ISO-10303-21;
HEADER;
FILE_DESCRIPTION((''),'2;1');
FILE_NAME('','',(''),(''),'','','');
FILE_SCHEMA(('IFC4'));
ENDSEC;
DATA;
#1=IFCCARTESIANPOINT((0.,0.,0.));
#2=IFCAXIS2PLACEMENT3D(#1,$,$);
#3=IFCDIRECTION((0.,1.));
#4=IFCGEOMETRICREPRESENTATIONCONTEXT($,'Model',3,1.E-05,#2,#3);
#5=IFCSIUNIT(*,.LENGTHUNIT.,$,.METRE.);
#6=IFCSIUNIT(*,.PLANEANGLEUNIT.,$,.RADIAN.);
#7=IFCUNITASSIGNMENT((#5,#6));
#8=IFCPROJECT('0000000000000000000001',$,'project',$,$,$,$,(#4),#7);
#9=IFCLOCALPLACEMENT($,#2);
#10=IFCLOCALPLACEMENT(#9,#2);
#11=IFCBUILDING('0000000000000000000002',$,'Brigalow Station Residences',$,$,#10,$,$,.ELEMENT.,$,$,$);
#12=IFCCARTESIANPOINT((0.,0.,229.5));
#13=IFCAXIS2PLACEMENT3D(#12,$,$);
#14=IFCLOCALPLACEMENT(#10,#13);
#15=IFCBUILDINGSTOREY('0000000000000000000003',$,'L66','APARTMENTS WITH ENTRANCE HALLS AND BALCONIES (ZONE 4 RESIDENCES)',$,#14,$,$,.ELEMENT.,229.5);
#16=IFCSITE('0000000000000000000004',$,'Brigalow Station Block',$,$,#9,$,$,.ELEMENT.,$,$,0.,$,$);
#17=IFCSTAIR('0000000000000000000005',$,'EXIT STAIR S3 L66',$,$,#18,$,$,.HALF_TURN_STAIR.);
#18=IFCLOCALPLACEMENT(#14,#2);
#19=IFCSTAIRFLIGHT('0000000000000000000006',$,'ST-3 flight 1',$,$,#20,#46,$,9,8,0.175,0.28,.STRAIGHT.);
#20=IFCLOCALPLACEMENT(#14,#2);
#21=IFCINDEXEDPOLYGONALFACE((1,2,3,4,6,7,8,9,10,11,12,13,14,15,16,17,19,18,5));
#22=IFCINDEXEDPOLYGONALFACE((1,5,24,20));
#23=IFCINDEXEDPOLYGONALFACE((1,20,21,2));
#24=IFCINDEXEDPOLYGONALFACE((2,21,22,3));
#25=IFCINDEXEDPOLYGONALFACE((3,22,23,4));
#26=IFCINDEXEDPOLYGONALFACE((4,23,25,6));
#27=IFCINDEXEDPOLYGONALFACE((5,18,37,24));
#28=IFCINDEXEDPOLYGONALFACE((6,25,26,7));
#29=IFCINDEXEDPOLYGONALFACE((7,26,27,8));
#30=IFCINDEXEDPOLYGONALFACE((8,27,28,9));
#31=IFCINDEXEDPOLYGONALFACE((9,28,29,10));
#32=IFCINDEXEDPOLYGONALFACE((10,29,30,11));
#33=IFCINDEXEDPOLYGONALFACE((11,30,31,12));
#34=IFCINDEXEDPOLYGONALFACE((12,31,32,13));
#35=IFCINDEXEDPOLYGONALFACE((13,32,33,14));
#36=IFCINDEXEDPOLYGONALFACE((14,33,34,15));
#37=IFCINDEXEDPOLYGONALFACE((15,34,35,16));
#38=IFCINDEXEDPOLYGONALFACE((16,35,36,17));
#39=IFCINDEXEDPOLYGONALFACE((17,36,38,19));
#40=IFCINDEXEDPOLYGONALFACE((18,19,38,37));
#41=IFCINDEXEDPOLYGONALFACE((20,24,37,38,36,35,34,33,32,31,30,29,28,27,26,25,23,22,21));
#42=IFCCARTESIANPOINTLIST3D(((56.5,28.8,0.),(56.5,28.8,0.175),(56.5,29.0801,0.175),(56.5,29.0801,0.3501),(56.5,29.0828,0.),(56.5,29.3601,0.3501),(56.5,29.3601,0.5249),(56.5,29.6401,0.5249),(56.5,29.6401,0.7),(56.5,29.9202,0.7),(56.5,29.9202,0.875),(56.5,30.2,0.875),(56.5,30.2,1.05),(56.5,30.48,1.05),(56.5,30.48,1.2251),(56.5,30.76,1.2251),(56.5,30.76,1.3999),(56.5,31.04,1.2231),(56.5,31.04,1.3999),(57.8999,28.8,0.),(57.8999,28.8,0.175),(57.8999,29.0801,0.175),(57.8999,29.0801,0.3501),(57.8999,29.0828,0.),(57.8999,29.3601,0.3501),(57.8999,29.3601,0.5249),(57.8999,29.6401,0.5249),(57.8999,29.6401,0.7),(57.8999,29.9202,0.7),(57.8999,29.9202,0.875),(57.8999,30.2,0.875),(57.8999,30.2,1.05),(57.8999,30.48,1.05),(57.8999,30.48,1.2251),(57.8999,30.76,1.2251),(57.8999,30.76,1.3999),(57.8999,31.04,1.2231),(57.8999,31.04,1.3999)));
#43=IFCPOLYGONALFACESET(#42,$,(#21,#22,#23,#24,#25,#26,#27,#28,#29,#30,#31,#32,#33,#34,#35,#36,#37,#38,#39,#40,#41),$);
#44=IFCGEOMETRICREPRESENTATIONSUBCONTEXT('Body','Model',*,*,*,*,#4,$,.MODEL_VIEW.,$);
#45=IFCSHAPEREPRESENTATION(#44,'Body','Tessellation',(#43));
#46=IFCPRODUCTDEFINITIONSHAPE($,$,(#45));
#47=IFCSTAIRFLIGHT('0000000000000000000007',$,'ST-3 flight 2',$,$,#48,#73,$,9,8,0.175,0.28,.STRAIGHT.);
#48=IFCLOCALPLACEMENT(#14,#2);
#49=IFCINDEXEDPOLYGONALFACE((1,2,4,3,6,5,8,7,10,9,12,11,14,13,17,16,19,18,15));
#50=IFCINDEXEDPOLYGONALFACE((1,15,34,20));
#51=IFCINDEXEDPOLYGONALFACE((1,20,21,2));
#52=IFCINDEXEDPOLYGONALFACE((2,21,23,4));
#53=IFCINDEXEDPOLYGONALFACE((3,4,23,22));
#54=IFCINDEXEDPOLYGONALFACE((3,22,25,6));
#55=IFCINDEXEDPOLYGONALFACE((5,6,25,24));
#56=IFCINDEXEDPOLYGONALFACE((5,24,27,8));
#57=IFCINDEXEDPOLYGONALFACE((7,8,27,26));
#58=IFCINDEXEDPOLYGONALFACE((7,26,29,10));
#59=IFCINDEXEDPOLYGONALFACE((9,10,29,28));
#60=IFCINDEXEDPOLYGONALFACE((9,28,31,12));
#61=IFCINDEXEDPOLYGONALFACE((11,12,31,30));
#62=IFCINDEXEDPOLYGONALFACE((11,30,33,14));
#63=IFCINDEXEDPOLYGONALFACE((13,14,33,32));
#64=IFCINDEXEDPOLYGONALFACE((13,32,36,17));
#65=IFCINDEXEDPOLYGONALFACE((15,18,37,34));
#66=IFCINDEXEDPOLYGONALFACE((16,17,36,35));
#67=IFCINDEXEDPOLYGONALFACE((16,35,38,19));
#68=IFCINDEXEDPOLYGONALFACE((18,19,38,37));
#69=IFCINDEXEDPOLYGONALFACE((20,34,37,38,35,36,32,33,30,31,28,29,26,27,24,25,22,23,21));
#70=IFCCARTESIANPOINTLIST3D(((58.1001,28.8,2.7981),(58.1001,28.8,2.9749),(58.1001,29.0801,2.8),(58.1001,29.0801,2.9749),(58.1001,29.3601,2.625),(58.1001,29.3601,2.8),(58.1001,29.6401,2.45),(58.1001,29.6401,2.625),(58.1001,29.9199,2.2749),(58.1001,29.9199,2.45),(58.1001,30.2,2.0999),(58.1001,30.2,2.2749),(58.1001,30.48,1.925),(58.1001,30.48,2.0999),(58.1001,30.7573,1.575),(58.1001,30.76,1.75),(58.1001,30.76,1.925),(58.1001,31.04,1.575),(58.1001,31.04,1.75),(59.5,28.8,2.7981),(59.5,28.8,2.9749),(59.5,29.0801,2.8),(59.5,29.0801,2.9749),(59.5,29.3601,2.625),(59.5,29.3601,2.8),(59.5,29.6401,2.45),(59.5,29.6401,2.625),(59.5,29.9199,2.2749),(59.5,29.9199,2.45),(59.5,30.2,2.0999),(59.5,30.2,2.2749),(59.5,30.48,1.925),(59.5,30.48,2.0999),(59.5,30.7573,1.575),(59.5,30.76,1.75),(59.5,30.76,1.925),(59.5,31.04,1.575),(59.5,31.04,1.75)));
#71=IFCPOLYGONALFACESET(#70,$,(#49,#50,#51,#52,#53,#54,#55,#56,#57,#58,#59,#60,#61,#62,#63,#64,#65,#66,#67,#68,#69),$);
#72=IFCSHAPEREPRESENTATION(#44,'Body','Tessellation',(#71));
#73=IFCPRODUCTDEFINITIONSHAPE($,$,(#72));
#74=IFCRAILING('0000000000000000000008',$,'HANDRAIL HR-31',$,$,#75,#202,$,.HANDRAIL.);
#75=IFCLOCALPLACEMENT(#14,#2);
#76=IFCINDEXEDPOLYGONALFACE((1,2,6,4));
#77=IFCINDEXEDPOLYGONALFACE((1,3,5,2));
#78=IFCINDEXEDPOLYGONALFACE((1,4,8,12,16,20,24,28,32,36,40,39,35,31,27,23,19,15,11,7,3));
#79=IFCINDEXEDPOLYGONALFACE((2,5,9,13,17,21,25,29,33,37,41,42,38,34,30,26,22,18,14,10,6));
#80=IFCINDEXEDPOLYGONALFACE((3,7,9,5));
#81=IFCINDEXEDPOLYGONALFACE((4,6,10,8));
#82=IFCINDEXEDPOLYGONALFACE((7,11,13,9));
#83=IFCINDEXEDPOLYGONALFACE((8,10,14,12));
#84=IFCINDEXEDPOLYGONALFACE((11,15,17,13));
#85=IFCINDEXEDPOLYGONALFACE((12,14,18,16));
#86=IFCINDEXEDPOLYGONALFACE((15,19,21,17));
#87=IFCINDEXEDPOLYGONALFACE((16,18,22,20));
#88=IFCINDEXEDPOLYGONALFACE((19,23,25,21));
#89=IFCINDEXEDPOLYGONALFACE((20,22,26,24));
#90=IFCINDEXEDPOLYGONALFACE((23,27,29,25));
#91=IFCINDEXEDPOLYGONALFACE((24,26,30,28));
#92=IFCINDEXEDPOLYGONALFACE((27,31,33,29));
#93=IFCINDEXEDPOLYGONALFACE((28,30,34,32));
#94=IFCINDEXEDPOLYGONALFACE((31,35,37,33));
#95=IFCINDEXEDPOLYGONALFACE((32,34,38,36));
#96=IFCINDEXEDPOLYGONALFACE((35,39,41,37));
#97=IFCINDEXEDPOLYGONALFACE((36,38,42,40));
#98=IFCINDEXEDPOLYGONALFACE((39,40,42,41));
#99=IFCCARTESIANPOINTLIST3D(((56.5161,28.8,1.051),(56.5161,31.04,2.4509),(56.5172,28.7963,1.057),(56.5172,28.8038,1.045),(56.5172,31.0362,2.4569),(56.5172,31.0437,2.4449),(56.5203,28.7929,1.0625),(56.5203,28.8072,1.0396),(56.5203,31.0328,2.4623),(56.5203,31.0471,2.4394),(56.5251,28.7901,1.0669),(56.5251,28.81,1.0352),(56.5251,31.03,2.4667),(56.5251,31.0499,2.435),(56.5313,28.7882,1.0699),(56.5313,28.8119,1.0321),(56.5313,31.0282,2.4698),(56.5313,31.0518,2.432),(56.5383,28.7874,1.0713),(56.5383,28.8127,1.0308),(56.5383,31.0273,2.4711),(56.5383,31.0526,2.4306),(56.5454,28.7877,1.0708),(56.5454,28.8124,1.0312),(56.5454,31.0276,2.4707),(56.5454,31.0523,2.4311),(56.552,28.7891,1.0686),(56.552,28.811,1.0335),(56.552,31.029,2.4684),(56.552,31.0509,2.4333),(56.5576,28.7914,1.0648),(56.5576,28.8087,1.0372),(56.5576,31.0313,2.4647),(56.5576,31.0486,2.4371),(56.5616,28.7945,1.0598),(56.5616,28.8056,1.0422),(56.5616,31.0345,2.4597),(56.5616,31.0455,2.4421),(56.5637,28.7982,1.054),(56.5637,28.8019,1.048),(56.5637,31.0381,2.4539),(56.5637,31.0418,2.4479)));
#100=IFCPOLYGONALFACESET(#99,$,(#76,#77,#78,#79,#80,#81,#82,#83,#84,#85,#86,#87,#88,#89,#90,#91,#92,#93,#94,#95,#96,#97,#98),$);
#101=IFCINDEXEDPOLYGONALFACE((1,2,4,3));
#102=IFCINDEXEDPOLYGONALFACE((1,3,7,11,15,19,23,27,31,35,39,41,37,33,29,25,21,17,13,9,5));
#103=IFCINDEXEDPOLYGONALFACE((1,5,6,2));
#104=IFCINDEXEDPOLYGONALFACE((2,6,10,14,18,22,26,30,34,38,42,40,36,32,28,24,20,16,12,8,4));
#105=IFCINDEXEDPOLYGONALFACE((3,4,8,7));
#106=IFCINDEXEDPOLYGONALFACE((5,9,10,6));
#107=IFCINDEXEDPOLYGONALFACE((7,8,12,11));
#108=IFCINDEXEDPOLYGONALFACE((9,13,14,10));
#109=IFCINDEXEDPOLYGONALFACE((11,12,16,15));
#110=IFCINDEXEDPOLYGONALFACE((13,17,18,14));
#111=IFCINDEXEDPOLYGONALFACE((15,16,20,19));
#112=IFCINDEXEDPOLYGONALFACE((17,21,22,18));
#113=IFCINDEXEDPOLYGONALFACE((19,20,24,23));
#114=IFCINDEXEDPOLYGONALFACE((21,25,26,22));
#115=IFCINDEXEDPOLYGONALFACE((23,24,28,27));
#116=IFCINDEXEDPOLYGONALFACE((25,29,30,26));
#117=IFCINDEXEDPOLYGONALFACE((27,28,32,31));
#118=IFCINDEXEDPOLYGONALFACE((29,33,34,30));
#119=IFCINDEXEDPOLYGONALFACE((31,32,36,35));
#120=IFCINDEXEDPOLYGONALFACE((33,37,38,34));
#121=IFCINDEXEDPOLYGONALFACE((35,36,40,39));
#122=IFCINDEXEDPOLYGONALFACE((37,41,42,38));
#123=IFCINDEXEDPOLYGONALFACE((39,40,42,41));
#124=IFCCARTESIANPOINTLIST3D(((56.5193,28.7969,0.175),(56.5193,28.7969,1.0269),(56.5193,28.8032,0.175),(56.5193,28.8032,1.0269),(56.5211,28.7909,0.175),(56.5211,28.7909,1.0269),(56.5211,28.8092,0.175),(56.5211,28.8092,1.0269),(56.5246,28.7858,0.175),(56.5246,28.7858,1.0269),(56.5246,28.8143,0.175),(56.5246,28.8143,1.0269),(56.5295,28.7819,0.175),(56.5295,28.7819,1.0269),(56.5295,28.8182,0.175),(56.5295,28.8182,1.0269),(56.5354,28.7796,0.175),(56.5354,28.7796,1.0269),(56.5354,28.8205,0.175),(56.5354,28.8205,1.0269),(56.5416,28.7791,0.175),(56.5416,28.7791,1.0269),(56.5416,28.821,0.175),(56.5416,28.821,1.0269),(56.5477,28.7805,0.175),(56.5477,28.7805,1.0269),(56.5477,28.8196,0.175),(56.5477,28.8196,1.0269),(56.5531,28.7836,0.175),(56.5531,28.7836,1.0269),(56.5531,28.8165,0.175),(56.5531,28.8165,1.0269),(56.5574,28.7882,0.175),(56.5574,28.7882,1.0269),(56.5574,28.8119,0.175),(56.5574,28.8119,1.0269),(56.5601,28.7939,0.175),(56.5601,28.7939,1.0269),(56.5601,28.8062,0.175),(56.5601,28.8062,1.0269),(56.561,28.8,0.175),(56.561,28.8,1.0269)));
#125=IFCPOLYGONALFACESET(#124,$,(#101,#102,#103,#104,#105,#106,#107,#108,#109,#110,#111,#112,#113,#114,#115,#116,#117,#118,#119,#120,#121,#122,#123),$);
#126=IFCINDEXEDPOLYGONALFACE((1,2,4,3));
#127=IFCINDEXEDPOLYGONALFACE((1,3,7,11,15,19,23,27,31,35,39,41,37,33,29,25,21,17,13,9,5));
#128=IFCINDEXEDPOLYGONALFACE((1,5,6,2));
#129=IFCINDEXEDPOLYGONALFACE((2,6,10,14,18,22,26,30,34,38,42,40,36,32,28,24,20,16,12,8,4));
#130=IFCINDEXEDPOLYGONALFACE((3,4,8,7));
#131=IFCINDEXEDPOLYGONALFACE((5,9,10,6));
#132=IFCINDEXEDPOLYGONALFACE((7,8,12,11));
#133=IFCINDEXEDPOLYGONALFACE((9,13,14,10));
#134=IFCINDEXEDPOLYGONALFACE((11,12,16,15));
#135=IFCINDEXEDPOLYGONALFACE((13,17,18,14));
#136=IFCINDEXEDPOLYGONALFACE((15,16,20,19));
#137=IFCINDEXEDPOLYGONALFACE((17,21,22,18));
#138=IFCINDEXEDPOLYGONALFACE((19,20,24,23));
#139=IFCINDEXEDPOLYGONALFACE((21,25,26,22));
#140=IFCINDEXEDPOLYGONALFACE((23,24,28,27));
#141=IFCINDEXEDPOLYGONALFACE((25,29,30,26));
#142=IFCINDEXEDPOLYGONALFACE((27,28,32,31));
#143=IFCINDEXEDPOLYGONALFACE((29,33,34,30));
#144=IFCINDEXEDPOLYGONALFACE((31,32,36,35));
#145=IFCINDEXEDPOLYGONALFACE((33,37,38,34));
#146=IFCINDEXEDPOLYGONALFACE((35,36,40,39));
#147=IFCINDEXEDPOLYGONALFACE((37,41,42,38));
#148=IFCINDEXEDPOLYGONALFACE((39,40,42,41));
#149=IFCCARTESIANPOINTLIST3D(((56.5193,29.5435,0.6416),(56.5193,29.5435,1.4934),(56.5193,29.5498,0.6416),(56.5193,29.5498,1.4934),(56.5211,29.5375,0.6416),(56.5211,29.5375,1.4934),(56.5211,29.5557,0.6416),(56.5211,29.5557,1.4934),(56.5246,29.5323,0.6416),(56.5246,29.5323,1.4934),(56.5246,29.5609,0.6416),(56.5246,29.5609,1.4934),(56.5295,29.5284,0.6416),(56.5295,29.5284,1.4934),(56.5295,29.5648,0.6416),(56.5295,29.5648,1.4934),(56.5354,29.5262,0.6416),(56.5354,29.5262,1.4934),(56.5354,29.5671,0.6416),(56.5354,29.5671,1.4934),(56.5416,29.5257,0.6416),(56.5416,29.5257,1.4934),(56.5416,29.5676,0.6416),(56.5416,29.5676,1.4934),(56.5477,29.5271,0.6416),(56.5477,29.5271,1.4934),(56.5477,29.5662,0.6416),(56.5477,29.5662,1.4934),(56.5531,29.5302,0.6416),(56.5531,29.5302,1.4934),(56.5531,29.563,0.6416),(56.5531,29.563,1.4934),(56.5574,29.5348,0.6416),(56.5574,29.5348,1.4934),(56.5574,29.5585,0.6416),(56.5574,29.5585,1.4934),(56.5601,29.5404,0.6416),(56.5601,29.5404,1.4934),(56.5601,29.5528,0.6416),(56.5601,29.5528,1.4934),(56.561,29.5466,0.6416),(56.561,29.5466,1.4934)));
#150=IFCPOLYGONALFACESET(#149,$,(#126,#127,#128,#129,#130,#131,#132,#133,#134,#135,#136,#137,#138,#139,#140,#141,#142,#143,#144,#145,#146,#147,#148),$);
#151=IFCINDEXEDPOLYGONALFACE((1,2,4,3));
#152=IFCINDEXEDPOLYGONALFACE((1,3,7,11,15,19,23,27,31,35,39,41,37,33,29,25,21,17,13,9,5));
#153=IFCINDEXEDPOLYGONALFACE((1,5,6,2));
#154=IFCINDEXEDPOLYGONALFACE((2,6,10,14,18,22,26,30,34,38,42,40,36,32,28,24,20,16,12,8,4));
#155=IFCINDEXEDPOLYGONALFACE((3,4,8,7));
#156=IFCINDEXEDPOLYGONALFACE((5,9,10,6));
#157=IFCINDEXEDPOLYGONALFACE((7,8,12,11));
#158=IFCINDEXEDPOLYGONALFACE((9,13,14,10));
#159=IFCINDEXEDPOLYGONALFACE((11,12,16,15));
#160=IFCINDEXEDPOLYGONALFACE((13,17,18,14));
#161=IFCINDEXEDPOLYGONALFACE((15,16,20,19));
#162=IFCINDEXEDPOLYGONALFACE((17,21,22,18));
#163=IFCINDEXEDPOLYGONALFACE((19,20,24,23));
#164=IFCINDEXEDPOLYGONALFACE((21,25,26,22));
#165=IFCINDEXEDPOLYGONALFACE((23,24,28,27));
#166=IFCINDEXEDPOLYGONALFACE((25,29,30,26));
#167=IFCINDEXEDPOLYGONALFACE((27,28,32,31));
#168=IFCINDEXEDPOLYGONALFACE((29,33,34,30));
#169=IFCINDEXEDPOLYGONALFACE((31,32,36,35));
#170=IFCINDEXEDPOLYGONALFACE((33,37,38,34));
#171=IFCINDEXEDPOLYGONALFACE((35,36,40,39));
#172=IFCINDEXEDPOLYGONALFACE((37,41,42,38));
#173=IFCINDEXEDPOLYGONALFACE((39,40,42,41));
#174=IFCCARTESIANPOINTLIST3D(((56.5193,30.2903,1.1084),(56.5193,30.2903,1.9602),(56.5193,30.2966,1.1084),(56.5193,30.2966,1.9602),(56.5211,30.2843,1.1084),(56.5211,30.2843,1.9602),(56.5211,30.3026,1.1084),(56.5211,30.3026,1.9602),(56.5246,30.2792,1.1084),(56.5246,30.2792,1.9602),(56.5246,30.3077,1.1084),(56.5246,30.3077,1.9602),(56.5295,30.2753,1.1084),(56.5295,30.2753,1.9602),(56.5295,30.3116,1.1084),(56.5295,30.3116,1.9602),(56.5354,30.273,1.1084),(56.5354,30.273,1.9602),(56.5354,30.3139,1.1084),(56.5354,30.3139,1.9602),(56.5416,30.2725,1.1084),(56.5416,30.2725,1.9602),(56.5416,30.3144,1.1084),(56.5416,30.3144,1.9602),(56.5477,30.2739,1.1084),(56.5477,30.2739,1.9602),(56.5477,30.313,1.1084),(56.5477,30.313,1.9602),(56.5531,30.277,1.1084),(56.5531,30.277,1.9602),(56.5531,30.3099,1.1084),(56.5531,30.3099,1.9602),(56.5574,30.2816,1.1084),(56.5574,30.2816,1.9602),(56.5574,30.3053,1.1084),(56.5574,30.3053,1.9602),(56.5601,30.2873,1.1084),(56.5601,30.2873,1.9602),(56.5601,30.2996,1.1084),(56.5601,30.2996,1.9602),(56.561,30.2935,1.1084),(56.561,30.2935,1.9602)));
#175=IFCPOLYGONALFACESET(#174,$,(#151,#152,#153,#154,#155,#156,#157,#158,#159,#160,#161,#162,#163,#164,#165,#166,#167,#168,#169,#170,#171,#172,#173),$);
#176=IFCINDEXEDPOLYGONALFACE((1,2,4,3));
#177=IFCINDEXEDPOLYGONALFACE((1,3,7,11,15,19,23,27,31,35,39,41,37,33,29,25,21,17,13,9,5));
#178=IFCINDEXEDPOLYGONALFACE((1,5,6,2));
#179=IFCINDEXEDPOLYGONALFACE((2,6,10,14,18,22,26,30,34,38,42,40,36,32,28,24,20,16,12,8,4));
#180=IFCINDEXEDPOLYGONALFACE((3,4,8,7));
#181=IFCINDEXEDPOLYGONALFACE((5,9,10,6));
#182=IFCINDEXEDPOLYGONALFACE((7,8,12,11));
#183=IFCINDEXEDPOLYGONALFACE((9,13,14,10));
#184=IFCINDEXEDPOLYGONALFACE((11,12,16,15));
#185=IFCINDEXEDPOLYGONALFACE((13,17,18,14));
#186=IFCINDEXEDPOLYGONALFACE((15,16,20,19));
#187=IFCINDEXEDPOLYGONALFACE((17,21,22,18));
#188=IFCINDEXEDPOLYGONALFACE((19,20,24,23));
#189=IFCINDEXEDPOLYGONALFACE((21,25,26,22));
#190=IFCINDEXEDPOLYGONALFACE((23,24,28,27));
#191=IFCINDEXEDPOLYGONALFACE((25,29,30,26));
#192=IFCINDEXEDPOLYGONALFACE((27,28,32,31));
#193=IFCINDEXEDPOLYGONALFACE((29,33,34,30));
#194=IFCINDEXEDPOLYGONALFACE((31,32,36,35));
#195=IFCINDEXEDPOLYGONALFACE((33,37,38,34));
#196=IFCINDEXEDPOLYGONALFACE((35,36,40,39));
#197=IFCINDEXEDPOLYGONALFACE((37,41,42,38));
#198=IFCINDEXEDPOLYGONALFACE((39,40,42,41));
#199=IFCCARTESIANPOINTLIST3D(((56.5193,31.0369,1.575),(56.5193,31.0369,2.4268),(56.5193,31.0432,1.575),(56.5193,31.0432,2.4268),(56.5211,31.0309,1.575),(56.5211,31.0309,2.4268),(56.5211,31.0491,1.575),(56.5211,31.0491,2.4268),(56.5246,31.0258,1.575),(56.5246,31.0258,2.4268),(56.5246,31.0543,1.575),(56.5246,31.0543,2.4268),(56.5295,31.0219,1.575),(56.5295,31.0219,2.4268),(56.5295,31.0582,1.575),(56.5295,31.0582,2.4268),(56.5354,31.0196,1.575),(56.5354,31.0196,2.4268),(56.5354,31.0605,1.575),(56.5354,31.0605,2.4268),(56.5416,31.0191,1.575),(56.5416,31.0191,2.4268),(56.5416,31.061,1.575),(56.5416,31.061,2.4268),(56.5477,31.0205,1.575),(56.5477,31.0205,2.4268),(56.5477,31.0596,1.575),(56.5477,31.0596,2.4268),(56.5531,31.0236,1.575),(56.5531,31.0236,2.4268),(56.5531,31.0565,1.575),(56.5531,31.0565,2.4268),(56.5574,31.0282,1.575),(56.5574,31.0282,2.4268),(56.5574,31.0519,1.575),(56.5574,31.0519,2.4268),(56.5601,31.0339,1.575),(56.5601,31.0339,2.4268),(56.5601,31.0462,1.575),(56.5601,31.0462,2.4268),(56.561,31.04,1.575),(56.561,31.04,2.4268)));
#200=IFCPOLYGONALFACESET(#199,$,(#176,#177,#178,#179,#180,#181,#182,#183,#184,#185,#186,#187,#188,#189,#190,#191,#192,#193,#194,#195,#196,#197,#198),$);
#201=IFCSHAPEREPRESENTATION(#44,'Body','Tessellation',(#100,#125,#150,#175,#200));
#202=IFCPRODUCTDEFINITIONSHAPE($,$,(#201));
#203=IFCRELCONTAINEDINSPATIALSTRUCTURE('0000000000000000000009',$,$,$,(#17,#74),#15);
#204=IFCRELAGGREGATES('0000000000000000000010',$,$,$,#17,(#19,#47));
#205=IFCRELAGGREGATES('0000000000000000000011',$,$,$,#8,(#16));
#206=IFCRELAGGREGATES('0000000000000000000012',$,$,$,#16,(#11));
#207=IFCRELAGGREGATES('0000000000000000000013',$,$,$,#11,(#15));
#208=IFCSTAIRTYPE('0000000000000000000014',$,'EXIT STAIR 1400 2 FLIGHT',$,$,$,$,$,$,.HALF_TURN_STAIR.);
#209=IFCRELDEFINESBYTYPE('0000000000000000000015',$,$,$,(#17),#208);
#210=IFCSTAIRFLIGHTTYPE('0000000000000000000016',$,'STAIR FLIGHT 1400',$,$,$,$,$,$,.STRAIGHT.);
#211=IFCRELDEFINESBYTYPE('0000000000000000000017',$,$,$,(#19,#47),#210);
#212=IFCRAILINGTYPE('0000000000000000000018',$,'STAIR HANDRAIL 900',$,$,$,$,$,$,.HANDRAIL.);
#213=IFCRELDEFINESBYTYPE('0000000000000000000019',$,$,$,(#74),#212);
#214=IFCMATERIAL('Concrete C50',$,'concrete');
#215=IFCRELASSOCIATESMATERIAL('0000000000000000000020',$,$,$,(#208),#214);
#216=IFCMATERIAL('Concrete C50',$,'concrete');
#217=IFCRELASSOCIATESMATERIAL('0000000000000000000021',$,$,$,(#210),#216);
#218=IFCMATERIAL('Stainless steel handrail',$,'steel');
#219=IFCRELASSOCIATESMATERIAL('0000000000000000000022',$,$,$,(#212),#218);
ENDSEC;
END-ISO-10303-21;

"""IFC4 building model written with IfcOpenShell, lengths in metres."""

from ifc_helpers import new_model, si_unit, direction, frame, origin, origin_2d, place, context, subcontext, project, spatial, polyline, circle, outline, extrude, material, type_object, element, aggregate, save


model = new_model("IFC4")

# Units and contexts
model_context = context("Model", 3, precision=1e-05, world=origin(), true_north=direction((0.0, 1.0)))
body_context = subcontext(model_context, "Body", "Model", "MODEL_VIEW")
ifc_project = project(units=[si_unit("LENGTHUNIT", "METRE"), si_unit("PLANEANGLEUNIT", "RADIAN")], contexts=[model_context])

# Site, building, storey
site_placement = place(None, origin())
site = spatial("IfcSite", under=ifc_project, at=site_placement, Name="Brigalow Station Block", CompositionType="ELEMENT", RefElevation=0.0)
building_placement = place(site_placement, origin())
building = spatial("IfcBuilding", under=site, at=building_placement, Name="Brigalow Station Residences", CompositionType="ELEMENT")
storey_placement = place(building_placement, frame((0.0, 0.0, 229.5)))
storey = spatial("IfcBuildingStorey", under=building, at=storey_placement, Name="L66", Description="APARTMENTS WITH ENTRANCE HALLS AND BALCONIES (ZONE 4 RESIDENCES)", CompositionType="ELEMENT", Elevation=229.5)

# Stair, stair flights
ifc_material_1 = material(Name="Concrete C50", Category="concrete")
stair_type = type_object("IfcStairType", Name="EXIT STAIR 1400 2 FLIGHT", PredefinedType="HALF_TURN_STAIR", material=ifc_material_1)
stair_placement = place(storey_placement, origin())
stair = element("IfcStair", 1, at=stair_placement, inside=storey, type_object=stair_type, Name="EXIT STAIR S3 L66", PredefinedType="HALF_TURN_STAIR")
ifc_material_2 = material(Name="Concrete C50", Category="concrete")
stair_flight_type = type_object("IfcStairFlightType", Name="STAIR FLIGHT 1400", PredefinedType="STRAIGHT", material=ifc_material_2)
stair_flight_1_placement = place(storey_placement, frame((57.2, 28.8, 0.0), z_axis=(0.0, 0.0, 1.0), x_axis=(0.0, 1.0, 0.0)))
stair_flight_1 = element("IfcStairFlight", 2, at=stair_flight_1_placement, type_object=stair_flight_type, Name="ST-3 flight 1", NumberOfRisers=9, NumberOfTreads=8, PredefinedType="STRAIGHT", RiserHeight=0.175, TreadLength=0.28, context=body_context, shape_type="SweptSolid", body=[
    extrude(outline(polyline([(0.0, 0.0), (0.0, 0.175), (0.28, 0.175), (0.28, 0.3501), (0.5601, 0.3501), (0.5601, 0.5249), (0.8401, 0.5249), (0.8401, 0.7), (1.1201, 0.7), (1.1201, 0.875), (1.3999, 0.875), (1.3999, 1.05), (1.6799, 1.05), (1.6799, 1.2251), (1.96, 1.2251), (1.96, 1.3999), (2.24, 1.3999), (2.24, 1.575), (2.24, 1.2231), (0.2827, 0.0), (0.0, 0.0)])), frame((0.0, 0.7, 0.0), z_axis=(0.0, -1.0, 0.0), x_axis=(1.0, 0.0, 0.0)), (0.0, 0.0, 1.0), 1.3999),
])
stair_flight_2_placement = place(storey_placement, frame((58.8, 31.04, 1.575), z_axis=(0.0, 0.0, 1.0), x_axis=(0.0, -1.0, 0.0)))
stair_flight_2 = element("IfcStairFlight", 3, at=stair_flight_2_placement, type_object=stair_flight_type, Name="ST-3 flight 2", NumberOfRisers=9, NumberOfTreads=8, PredefinedType="STRAIGHT", RiserHeight=0.175, TreadLength=0.28, context=body_context, shape_type="SweptSolid", body=[
    extrude(outline(polyline([(0.0, 0.0), (0.0, 0.175), (0.28, 0.175), (0.28, 0.3501), (0.5601, 0.3501), (0.5601, 0.5249), (0.8401, 0.5249), (0.8401, 0.7), (1.1201, 0.7), (1.1201, 0.875), (1.3999, 0.875), (1.3999, 1.05), (1.6799, 1.05), (1.6799, 1.2251), (1.96, 1.2251), (1.96, 1.3999), (2.24, 1.3999), (2.24, 1.575), (2.24, 1.2231), (0.2827, 0.0), (0.0, 0.0)])), frame((0.0, 0.7, 0.0), z_axis=(0.0, -1.0, 0.0), x_axis=(1.0, 0.0, 0.0)), (0.0, 0.0, 1.0), 1.3999),
])
aggregate(stair, [stair_flight_1, stair_flight_2])

# Railing
ifc_material_3 = material(Name="Stainless steel handrail", Category="steel")
railing_type_1 = type_object("IfcRailingType", Name="STAIR HANDRAIL 900", PredefinedType="HANDRAIL", material=ifc_material_3)
railing_1_placement = place(storey_placement, frame((56.54, 28.8, 0.175)))
element("IfcRailing", 4, at=railing_1_placement, inside=storey, type_object=railing_type_1, Name="HANDRAIL HR-31", PredefinedType="HANDRAIL", context=body_context, shape_type="SweptSolid", body=[
    extrude(circle(Radius=0.0239, at=origin_2d()), frame((0.0, 0.0, 0.876), z_axis=(0.0, 0.848014, 0.529974), x_axis=(-1.0, 0.0, 0.0)), (0.0, 0.0, 1.0), 2.6414),
    extrude(circle(Radius=0.021, at=origin_2d()), origin(), (0.0, 0.0, 1.0), 0.8518),
    extrude(circle(Radius=0.021, at=origin_2d()), frame((0.0, 0.7466, 0.4666)), (0.0, 0.0, 1.0), 0.8518),
    extrude(circle(Radius=0.021, at=origin_2d()), frame((0.0, 1.4934, 0.9333)), (0.0, 0.0, 1.0), 0.8518),
    extrude(circle(Radius=0.021, at=origin_2d()), frame((0.0, 2.24, 1.3999)), (0.0, 0.0, 1.0), 0.8518),
])

save(model, "model.ifc")
